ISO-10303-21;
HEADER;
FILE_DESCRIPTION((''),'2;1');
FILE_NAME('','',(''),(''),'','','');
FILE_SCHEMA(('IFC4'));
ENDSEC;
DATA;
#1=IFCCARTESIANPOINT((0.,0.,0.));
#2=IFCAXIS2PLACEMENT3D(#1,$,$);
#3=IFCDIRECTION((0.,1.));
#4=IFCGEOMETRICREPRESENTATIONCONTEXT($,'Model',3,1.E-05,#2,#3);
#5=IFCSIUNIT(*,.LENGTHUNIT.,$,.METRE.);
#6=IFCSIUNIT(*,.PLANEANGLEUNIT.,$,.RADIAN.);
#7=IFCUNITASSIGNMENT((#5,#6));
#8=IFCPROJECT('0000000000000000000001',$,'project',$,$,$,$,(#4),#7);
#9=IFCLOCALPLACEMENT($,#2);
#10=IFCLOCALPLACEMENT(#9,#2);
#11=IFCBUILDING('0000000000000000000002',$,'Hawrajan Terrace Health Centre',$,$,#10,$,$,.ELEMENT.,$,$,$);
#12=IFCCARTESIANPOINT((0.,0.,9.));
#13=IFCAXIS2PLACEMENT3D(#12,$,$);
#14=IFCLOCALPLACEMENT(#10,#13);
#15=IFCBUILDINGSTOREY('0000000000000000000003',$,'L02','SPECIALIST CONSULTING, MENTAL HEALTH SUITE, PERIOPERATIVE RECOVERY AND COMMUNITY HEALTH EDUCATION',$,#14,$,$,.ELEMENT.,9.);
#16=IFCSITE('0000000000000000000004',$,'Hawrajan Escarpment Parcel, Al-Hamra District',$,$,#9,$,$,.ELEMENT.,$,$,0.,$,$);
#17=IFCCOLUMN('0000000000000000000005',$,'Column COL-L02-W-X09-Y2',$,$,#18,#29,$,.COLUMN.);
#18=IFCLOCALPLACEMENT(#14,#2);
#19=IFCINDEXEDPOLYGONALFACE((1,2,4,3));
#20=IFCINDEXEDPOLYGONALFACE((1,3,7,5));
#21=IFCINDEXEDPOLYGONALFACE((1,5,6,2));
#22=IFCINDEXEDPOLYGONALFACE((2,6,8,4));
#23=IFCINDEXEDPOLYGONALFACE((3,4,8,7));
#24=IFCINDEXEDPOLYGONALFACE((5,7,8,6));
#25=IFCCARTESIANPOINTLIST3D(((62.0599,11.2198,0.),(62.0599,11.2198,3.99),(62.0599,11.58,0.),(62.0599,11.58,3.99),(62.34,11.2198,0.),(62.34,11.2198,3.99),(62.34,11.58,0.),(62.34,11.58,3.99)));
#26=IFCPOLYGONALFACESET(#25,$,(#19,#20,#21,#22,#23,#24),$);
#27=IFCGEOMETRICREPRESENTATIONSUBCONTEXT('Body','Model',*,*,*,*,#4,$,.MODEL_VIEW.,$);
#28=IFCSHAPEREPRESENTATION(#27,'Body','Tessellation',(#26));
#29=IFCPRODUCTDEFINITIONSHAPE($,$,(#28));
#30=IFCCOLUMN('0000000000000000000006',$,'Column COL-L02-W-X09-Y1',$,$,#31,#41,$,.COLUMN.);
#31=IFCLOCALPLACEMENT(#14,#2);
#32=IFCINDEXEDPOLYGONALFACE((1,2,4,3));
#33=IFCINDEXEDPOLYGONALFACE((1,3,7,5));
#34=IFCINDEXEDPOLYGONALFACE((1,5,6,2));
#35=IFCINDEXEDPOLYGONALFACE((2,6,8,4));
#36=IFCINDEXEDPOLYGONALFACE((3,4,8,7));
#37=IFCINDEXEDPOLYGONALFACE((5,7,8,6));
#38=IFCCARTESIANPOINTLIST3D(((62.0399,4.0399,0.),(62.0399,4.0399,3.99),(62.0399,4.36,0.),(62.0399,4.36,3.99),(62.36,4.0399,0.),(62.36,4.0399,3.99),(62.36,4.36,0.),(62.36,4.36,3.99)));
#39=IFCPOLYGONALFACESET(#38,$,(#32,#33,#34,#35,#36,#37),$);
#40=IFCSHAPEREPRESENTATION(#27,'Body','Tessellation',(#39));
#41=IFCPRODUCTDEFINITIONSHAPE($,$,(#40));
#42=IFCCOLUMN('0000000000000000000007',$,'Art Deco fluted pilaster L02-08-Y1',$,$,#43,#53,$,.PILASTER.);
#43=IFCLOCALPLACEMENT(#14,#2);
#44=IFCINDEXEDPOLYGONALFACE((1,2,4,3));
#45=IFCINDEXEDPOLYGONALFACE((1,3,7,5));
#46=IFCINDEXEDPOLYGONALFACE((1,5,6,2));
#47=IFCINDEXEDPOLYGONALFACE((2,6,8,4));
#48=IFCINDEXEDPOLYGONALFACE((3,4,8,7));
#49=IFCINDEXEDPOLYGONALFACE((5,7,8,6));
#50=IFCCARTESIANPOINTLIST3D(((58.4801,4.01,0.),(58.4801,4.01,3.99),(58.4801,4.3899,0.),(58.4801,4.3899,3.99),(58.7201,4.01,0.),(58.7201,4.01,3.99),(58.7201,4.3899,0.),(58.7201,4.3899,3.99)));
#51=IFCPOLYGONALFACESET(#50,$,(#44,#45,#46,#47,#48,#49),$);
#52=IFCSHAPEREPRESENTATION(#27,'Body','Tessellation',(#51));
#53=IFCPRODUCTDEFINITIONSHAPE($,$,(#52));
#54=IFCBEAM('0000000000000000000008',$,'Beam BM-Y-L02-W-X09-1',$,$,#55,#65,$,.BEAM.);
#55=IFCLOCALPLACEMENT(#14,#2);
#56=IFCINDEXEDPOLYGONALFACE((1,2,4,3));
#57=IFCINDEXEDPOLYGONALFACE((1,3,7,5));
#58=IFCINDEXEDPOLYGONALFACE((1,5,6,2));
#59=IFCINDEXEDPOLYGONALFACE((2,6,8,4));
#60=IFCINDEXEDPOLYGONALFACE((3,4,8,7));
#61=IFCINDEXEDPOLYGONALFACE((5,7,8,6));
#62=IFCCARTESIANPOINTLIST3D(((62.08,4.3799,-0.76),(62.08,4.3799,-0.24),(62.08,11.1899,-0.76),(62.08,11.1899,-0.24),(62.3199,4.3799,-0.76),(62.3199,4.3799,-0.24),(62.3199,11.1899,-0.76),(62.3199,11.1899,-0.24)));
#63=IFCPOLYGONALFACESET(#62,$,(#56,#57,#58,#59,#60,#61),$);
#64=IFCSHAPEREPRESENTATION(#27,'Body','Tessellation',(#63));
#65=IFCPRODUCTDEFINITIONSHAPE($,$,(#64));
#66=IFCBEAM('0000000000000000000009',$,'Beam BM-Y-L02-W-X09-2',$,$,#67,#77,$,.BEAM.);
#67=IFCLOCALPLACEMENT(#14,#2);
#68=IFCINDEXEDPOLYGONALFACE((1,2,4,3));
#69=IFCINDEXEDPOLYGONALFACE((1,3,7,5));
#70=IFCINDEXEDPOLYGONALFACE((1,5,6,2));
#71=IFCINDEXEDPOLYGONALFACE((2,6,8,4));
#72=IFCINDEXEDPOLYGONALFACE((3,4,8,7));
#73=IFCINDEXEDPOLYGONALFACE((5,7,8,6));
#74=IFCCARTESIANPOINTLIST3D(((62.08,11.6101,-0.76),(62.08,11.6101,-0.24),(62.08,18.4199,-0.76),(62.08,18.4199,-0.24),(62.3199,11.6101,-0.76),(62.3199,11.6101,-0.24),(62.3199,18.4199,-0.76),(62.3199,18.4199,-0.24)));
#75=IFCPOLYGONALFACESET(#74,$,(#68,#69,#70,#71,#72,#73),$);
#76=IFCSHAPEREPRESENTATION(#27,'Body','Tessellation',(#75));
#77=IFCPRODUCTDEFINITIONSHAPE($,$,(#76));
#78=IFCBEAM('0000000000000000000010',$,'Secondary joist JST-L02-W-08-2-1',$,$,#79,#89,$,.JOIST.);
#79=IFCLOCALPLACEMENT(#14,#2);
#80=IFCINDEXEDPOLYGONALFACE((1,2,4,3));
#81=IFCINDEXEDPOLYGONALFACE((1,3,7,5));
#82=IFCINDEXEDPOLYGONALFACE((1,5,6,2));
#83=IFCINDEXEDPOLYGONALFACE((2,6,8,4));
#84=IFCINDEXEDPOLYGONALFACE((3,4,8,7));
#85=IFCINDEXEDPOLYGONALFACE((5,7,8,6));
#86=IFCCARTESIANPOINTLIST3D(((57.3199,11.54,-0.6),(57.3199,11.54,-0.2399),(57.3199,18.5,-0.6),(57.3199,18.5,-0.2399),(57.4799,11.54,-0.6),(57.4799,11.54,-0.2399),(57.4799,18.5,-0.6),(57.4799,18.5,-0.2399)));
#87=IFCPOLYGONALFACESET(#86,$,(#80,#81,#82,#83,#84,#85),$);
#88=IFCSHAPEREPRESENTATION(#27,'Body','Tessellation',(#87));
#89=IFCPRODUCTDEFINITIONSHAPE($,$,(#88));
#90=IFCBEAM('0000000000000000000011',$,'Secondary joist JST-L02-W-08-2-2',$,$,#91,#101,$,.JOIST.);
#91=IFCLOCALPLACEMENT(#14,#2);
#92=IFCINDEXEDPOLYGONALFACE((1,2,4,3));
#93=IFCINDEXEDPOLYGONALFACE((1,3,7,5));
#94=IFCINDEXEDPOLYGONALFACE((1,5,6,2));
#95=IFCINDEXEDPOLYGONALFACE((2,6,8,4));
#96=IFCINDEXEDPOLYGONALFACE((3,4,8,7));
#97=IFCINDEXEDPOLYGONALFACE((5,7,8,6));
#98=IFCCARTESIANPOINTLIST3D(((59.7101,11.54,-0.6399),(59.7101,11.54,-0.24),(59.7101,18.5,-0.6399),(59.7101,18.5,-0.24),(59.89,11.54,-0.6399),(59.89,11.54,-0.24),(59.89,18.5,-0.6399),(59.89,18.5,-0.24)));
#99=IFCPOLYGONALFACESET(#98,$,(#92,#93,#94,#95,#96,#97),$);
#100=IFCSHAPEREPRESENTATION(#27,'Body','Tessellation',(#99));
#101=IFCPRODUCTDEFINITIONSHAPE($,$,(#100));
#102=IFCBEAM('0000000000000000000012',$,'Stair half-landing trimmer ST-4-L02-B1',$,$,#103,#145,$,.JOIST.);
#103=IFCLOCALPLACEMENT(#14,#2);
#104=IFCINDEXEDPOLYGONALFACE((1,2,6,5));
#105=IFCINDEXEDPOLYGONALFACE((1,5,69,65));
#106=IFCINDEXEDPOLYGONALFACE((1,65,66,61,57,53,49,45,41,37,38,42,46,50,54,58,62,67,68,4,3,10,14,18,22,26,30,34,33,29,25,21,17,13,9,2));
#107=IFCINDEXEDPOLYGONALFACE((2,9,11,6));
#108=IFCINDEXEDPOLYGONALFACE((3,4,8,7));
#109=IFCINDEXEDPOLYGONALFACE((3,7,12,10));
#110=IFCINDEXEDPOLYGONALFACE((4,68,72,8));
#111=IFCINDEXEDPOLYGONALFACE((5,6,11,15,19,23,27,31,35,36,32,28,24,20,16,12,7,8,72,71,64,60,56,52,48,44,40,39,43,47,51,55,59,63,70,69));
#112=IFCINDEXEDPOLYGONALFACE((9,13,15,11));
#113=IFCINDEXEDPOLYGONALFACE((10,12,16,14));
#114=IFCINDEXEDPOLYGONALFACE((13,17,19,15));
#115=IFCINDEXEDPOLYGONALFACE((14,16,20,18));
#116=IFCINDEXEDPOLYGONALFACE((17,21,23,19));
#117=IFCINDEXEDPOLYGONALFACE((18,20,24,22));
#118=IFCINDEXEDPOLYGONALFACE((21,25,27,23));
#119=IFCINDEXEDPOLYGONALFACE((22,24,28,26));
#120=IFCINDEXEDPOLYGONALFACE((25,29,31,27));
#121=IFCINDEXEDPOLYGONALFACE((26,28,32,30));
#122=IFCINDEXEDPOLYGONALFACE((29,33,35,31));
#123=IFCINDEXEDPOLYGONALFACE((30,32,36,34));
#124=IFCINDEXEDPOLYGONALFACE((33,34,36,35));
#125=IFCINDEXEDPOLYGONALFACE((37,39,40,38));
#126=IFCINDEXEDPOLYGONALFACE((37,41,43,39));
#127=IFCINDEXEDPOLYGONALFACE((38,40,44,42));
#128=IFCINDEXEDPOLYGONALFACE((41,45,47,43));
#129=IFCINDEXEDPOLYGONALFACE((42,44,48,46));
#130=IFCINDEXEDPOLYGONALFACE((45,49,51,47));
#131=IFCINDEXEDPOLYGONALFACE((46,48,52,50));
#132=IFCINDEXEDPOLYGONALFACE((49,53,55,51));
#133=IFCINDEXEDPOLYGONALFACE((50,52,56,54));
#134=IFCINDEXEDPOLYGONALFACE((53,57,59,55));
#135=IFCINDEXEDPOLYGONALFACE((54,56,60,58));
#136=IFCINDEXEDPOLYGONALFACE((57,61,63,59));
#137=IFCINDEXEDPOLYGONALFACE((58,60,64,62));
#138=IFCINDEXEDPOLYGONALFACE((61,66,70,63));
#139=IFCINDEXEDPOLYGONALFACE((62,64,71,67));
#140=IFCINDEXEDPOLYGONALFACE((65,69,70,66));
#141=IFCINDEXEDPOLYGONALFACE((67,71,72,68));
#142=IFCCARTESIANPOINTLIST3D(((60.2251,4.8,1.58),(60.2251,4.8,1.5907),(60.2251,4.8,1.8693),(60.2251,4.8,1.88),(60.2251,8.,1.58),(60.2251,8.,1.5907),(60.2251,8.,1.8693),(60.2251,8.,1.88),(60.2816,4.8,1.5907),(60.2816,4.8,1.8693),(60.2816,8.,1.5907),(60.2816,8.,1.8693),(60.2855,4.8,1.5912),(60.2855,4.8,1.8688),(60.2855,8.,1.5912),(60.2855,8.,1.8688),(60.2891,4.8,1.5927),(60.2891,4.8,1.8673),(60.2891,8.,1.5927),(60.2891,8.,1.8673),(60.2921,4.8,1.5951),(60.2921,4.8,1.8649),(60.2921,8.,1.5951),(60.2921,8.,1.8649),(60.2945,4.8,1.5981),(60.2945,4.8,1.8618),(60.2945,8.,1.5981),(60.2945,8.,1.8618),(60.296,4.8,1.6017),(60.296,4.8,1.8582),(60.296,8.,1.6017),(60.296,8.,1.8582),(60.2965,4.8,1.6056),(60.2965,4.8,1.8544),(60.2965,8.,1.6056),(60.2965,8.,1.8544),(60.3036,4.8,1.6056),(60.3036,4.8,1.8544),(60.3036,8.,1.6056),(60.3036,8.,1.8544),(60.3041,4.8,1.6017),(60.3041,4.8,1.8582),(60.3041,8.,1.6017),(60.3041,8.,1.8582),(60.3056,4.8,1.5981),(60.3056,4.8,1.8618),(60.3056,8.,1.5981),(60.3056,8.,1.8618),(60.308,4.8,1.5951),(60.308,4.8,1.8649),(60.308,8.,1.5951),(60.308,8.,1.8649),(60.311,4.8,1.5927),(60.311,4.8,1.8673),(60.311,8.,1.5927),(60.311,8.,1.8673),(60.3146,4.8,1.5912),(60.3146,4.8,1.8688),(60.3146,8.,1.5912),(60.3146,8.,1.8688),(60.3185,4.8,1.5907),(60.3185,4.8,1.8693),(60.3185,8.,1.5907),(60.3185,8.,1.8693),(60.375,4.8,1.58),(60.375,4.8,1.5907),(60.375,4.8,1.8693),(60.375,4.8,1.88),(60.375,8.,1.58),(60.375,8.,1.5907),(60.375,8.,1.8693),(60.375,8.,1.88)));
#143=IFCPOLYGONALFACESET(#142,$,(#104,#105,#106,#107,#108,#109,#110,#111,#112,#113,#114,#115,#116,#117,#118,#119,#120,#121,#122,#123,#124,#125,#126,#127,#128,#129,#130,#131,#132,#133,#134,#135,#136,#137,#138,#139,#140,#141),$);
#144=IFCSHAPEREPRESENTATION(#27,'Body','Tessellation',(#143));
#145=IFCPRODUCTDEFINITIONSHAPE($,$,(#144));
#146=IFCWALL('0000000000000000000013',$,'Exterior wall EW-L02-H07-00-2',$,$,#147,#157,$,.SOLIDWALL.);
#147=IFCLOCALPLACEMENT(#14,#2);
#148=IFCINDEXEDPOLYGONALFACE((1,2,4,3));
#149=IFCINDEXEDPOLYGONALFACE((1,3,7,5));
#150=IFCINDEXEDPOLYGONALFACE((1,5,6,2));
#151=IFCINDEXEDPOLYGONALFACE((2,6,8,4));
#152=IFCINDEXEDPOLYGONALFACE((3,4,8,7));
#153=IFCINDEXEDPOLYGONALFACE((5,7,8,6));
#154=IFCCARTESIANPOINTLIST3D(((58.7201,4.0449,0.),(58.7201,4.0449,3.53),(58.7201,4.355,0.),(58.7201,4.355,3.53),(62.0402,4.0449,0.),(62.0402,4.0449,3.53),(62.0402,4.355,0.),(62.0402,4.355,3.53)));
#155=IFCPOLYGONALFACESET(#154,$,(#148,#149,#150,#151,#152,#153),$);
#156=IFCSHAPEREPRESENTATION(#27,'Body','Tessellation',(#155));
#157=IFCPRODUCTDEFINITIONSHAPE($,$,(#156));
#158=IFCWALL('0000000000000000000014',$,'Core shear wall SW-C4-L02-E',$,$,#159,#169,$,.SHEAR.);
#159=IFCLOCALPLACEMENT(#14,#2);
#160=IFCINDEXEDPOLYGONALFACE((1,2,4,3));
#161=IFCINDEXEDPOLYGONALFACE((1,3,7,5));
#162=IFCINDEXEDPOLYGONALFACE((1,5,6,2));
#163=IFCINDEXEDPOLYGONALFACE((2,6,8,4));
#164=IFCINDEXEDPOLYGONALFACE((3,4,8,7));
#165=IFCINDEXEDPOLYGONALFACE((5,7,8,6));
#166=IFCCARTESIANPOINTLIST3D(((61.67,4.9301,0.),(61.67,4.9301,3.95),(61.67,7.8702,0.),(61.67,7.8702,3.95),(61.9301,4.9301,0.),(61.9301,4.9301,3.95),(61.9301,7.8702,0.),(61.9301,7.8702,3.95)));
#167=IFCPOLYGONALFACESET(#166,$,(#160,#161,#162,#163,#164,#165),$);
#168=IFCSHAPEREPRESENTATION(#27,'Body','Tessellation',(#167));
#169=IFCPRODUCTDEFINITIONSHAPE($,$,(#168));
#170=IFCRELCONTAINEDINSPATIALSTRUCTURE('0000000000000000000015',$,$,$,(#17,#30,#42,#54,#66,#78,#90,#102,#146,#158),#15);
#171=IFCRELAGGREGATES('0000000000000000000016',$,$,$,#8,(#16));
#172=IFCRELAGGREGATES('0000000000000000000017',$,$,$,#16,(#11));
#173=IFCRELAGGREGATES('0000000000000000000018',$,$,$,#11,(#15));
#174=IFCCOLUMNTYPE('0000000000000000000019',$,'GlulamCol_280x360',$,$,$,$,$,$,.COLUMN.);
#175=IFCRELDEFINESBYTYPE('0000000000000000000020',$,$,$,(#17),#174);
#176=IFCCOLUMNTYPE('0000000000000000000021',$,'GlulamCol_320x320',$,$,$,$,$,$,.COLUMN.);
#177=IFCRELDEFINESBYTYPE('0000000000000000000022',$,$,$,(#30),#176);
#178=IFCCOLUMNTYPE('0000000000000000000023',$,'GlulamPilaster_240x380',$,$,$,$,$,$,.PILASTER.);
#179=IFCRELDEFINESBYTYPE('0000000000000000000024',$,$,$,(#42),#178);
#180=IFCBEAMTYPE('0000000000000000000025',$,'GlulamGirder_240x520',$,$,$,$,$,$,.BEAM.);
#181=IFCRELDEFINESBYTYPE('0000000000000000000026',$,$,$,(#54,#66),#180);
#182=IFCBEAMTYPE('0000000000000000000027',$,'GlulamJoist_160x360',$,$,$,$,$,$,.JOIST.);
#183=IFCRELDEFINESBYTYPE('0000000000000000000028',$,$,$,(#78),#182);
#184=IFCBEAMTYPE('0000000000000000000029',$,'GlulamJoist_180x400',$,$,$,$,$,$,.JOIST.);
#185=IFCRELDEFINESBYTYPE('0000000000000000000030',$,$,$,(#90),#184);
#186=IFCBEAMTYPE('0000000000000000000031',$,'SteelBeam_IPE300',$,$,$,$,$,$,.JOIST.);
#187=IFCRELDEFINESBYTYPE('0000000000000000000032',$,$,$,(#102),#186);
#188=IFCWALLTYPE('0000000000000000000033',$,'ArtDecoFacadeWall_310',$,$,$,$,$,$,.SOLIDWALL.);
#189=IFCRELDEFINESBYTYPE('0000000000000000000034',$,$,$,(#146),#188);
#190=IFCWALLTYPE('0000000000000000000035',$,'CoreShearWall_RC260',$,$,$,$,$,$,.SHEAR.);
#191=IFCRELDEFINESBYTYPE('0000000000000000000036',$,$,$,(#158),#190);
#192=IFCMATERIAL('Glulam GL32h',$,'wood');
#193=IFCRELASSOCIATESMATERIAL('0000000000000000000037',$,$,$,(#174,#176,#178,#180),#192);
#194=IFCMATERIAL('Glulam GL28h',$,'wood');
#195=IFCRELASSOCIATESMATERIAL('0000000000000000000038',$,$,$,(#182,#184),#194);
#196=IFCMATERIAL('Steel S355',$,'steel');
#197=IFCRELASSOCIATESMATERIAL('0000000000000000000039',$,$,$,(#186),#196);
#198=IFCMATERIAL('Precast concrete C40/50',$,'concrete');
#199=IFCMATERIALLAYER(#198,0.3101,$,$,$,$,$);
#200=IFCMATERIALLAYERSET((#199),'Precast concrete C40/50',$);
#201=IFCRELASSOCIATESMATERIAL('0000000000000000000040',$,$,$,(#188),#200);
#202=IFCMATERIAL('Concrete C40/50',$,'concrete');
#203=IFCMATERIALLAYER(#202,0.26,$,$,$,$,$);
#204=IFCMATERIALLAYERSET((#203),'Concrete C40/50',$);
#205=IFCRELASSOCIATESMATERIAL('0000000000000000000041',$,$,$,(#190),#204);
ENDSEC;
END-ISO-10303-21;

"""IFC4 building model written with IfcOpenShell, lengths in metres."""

from ifc_helpers import new_model, si_unit, direction, frame, frame_2d, origin, origin_2d, place, context, subcontext, project, spatial, rectangle, i_section, extrude, material, layer, layer_set, material_profile, profile_set, type_object, element, save


model = new_model("IFC4")

# Units and contexts
model_context = context("Model", 3, precision=1e-05, world=origin(), true_north=direction((0.0, 1.0)))
body_context = subcontext(model_context, "Body", "Model", "MODEL_VIEW")
ifc_project = project(units=[si_unit("LENGTHUNIT", "METRE"), si_unit("PLANEANGLEUNIT", "RADIAN")], contexts=[model_context])

# Site, building, storey
site_placement = place(None, origin())
site = spatial("IfcSite", under=ifc_project, at=site_placement, Name="Hawrajan Escarpment Parcel, Al-Hamra District", CompositionType="ELEMENT", RefElevation=0.0)
building_placement = place(site_placement, origin())
building = spatial("IfcBuilding", under=site, at=building_placement, Name="Hawrajan Terrace Health Centre", CompositionType="ELEMENT")
storey_placement = place(building_placement, frame((0.0, 0.0, 9.0)))
storey = spatial("IfcBuildingStorey", under=building, at=storey_placement, Name="L02", Description="SPECIALIST CONSULTING, MENTAL HEALTH SUITE, PERIOPERATIVE RECOVERY AND COMMUNITY HEALTH EDUCATION", CompositionType="ELEMENT", Elevation=9.0)

# Columns
ifc_material_1 = material(Name="Glulam GL32h", Category="wood")
ifc_material_profile_1 = material_profile(ifc_material_1, rectangle(XDim=0.28, YDim=0.3601, at=origin_2d()), Name="GL 280x360")
ifc_profile_set_1 = profile_set([ifc_material_profile_1], Name="Glulam GL32h")
column_type_1 = type_object("IfcColumnType", Name="GlulamCol_280x360", PredefinedType="COLUMN", material=ifc_profile_set_1)
column_1_placement = place(storey_placement, frame((62.2, 11.3999, 0.0), z_axis=(0.0, 0.0, 1.0), x_axis=(1.0, 0.0, 0.0)))
element("IfcColumn", 1, at=column_1_placement, inside=storey, type_object=column_type_1, Name="Column COL-L02-W-X09-Y2", PredefinedType="COLUMN", context=body_context, shape_type="SweptSolid", body=[
    extrude(rectangle(XDim=0.28, YDim=0.3601, at=origin_2d()), origin(), (0.0, 0.0, 1.0), 3.99),
])
ifc_material_profile_2 = material_profile(ifc_material_1, rectangle(XDim=0.3201, YDim=0.3201, at=origin_2d()), Name="GL 320x320")
ifc_profile_set_2 = profile_set([ifc_material_profile_2], Name="Glulam GL32h")
column_type_2 = type_object("IfcColumnType", Name="GlulamCol_320x320", PredefinedType="COLUMN", material=ifc_profile_set_2)
column_2_placement = place(storey_placement, frame((62.2, 4.2, 0.0), z_axis=(0.0, 0.0, 1.0), x_axis=(1.0, 0.0, 0.0)))
element("IfcColumn", 2, at=column_2_placement, inside=storey, type_object=column_type_2, Name="Column COL-L02-W-X09-Y1", PredefinedType="COLUMN", context=body_context, shape_type="SweptSolid", body=[
    extrude(rectangle(XDim=0.3201, YDim=0.3201, at=origin_2d()), origin(), (0.0, 0.0, 1.0), 3.99),
])
ifc_material_profile_3 = material_profile(ifc_material_1, rectangle(XDim=0.24, YDim=0.3799, at=origin_2d()), Name="GL PIL 240x380")
ifc_profile_set_3 = profile_set([ifc_material_profile_3], Name="Glulam GL32h")
column_type_3 = type_object("IfcColumnType", Name="GlulamPilaster_240x380", PredefinedType="PILASTER", material=ifc_profile_set_3)
column_3_placement = place(storey_placement, frame((58.6001, 4.2, 0.0), z_axis=(0.0, 0.0, 1.0), x_axis=(1.0, 0.0, 0.0)))
element("IfcColumn", 3, at=column_3_placement, inside=storey, type_object=column_type_3, Name="Art Deco fluted pilaster L02-08-Y1", PredefinedType="PILASTER", context=body_context, shape_type="SweptSolid", body=[
    extrude(rectangle(XDim=0.24, YDim=0.3799, at=origin_2d()), origin(), (0.0, 0.0, 1.0), 3.99),
])

# Beams
ifc_material_profile_4 = material_profile(ifc_material_1, rectangle(XDim=0.24, YDim=0.52, at=origin_2d()), Name="GL BM 240x520")
ifc_profile_set_4 = profile_set([ifc_material_profile_4], Name="Glulam GL32h")
beam_type_1 = type_object("IfcBeamType", Name="GlulamGirder_240x520", PredefinedType="BEAM", material=ifc_profile_set_4)
beam_1_placement = place(storey_placement, frame((62.2, 4.3799, -0.5), z_axis=(0.0, 1.0, 0.0), x_axis=(-1.0, 0.0, 0.0)))
element("IfcBeam", 4, at=beam_1_placement, inside=storey, type_object=beam_type_1, Name="Beam BM-Y-L02-W-X09-1", PredefinedType="BEAM", context=body_context, shape_type="SweptSolid", body=[
    extrude(rectangle(XDim=0.24, YDim=0.52, at=origin_2d()), origin(), (0.0, 0.0, 1.0), 6.8101),
])
beam_2_placement = place(storey_placement, frame((62.2, 11.6101, -0.5), z_axis=(0.0, 1.0, 0.0), x_axis=(-1.0, 0.0, 0.0)))
element("IfcBeam", 5, at=beam_2_placement, inside=storey, type_object=beam_type_1, Name="Beam BM-Y-L02-W-X09-2", PredefinedType="BEAM", context=body_context, shape_type="SweptSolid", body=[
    extrude(rectangle(XDim=0.24, YDim=0.52, at=origin_2d()), origin(), (0.0, 0.0, 1.0), 6.8098),
])
ifc_material_2 = material(Name="Glulam GL28h", Category="wood")
ifc_material_profile_5 = material_profile(ifc_material_2, rectangle(XDim=0.1599, YDim=0.3601, at=origin_2d()), Name="GL JST 160x360")
ifc_profile_set_5 = profile_set([ifc_material_profile_5], Name="Glulam GL28h")
beam_type_2 = type_object("IfcBeamType", Name="GlulamJoist_160x360", PredefinedType="JOIST", material=ifc_profile_set_5)
beam_3_placement = place(storey_placement, frame((57.3999, 11.54, -0.4199), z_axis=(0.0, 1.0, 0.0), x_axis=(-1.0, 0.0, 0.0)))
element("IfcBeam", 6, at=beam_3_placement, inside=storey, type_object=beam_type_2, Name="Secondary joist JST-L02-W-08-2-1", PredefinedType="JOIST", context=body_context, shape_type="SweptSolid", body=[
    extrude(rectangle(XDim=0.1599, YDim=0.3601, at=origin_2d()), origin(), (0.0, 0.0, 1.0), 6.96),
])
ifc_material_profile_6 = material_profile(ifc_material_2, rectangle(XDim=0.1799, YDim=0.3999, at=origin_2d()), Name="GL JST 180x400")
ifc_profile_set_6 = profile_set([ifc_material_profile_6], Name="Glulam GL28h")
beam_type_3 = type_object("IfcBeamType", Name="GlulamJoist_180x400", PredefinedType="JOIST", material=ifc_profile_set_6)
beam_4_placement = place(storey_placement, frame((59.8, 11.54, -0.4399), z_axis=(0.0, 1.0, 0.0), x_axis=(-1.0, 0.0, 0.0)))
element("IfcBeam", 7, at=beam_4_placement, inside=storey, type_object=beam_type_3, Name="Secondary joist JST-L02-W-08-2-2", PredefinedType="JOIST", context=body_context, shape_type="SweptSolid", body=[
    extrude(rectangle(XDim=0.1799, YDim=0.3999, at=origin_2d()), origin(), (0.0, 0.0, 1.0), 6.96),
])
ifc_material_3 = material(Name="Steel S355", Category="steel")
ifc_material_profile_7 = material_profile(ifc_material_3, i_section(OverallWidth=0.1499, OverallDepth=0.3, WebThickness=0.0071, FlangeThickness=0.0107, FilletRadius=0.0149, at=origin_2d()), Name="IPE 300")
ifc_profile_set_7 = profile_set([ifc_material_profile_7], Name="Steel S355")
beam_type_4 = type_object("IfcBeamType", Name="SteelBeam_IPE300", PredefinedType="JOIST", material=ifc_profile_set_7)
beam_5_placement = place(storey_placement, frame((60.3, 4.8, 1.73), z_axis=(0.0, 1.0, 0.0), x_axis=(-1.0, 0.0, 0.0)))
element("IfcBeam", 8, at=beam_5_placement, inside=storey, type_object=beam_type_4, Name="Stair half-landing trimmer ST-4-L02-B1", PredefinedType="JOIST", context=body_context, shape_type="SweptSolid", body=[
    extrude(i_section(OverallWidth=0.1499, OverallDepth=0.3, WebThickness=0.0071, FlangeThickness=0.0107, FilletRadius=0.0149, at=origin_2d()), origin(), (0.0, 0.0, 1.0), 3.2),
])

# Walls
ifc_material_4 = material(Name="Precast concrete C40/50", Category="concrete")
ifc_layer_1 = layer(ifc_material_4, 0.3101)
ifc_layer_set_1 = layer_set([ifc_layer_1], Name="Precast concrete C40/50")
wall_type_1 = type_object("IfcWallType", Name="ArtDecoFacadeWall_310", PredefinedType="SOLIDWALL", material=ifc_layer_set_1)
wall_1_placement = place(storey_placement, frame((58.72, 4.2, 0.0), z_axis=(0.0, 0.0, 1.0), x_axis=(1.0, 0.0, 0.0)))
element("IfcWall", 9, at=wall_1_placement, inside=storey, type_object=wall_type_1, Name="Exterior wall EW-L02-H07-00-2", PredefinedType="SOLIDWALL", context=body_context, shape_type="SweptSolid", body=[
    extrude(rectangle(XDim=3.3201, YDim=0.3101, at=frame_2d((1.6602, 0.0))), origin(), (0.0, 0.0, 1.0), 3.53),
])
ifc_material_5 = material(Name="Concrete C40/50", Category="concrete")
ifc_layer_2 = layer(ifc_material_5, 0.26)
ifc_layer_set_2 = layer_set([ifc_layer_2], Name="Concrete C40/50")
wall_type_2 = type_object("IfcWallType", Name="CoreShearWall_RC260", PredefinedType="SHEAR", material=ifc_layer_set_2)
wall_2_placement = place(storey_placement, frame((61.8, 4.9299, 0.0), z_axis=(0.0, 0.0, 1.0), x_axis=(0.0, 1.0, 0.0)))
element("IfcWall", 10, at=wall_2_placement, inside=storey, type_object=wall_type_2, Name="Core shear wall SW-C4-L02-E", PredefinedType="SHEAR", context=body_context, shape_type="SweptSolid", body=[
    extrude(rectangle(XDim=2.9402, YDim=0.26, at=frame_2d((1.4702, 0.0))), origin(), (0.0, 0.0, 1.0), 3.95),
])

save(model, "model.ifc")
